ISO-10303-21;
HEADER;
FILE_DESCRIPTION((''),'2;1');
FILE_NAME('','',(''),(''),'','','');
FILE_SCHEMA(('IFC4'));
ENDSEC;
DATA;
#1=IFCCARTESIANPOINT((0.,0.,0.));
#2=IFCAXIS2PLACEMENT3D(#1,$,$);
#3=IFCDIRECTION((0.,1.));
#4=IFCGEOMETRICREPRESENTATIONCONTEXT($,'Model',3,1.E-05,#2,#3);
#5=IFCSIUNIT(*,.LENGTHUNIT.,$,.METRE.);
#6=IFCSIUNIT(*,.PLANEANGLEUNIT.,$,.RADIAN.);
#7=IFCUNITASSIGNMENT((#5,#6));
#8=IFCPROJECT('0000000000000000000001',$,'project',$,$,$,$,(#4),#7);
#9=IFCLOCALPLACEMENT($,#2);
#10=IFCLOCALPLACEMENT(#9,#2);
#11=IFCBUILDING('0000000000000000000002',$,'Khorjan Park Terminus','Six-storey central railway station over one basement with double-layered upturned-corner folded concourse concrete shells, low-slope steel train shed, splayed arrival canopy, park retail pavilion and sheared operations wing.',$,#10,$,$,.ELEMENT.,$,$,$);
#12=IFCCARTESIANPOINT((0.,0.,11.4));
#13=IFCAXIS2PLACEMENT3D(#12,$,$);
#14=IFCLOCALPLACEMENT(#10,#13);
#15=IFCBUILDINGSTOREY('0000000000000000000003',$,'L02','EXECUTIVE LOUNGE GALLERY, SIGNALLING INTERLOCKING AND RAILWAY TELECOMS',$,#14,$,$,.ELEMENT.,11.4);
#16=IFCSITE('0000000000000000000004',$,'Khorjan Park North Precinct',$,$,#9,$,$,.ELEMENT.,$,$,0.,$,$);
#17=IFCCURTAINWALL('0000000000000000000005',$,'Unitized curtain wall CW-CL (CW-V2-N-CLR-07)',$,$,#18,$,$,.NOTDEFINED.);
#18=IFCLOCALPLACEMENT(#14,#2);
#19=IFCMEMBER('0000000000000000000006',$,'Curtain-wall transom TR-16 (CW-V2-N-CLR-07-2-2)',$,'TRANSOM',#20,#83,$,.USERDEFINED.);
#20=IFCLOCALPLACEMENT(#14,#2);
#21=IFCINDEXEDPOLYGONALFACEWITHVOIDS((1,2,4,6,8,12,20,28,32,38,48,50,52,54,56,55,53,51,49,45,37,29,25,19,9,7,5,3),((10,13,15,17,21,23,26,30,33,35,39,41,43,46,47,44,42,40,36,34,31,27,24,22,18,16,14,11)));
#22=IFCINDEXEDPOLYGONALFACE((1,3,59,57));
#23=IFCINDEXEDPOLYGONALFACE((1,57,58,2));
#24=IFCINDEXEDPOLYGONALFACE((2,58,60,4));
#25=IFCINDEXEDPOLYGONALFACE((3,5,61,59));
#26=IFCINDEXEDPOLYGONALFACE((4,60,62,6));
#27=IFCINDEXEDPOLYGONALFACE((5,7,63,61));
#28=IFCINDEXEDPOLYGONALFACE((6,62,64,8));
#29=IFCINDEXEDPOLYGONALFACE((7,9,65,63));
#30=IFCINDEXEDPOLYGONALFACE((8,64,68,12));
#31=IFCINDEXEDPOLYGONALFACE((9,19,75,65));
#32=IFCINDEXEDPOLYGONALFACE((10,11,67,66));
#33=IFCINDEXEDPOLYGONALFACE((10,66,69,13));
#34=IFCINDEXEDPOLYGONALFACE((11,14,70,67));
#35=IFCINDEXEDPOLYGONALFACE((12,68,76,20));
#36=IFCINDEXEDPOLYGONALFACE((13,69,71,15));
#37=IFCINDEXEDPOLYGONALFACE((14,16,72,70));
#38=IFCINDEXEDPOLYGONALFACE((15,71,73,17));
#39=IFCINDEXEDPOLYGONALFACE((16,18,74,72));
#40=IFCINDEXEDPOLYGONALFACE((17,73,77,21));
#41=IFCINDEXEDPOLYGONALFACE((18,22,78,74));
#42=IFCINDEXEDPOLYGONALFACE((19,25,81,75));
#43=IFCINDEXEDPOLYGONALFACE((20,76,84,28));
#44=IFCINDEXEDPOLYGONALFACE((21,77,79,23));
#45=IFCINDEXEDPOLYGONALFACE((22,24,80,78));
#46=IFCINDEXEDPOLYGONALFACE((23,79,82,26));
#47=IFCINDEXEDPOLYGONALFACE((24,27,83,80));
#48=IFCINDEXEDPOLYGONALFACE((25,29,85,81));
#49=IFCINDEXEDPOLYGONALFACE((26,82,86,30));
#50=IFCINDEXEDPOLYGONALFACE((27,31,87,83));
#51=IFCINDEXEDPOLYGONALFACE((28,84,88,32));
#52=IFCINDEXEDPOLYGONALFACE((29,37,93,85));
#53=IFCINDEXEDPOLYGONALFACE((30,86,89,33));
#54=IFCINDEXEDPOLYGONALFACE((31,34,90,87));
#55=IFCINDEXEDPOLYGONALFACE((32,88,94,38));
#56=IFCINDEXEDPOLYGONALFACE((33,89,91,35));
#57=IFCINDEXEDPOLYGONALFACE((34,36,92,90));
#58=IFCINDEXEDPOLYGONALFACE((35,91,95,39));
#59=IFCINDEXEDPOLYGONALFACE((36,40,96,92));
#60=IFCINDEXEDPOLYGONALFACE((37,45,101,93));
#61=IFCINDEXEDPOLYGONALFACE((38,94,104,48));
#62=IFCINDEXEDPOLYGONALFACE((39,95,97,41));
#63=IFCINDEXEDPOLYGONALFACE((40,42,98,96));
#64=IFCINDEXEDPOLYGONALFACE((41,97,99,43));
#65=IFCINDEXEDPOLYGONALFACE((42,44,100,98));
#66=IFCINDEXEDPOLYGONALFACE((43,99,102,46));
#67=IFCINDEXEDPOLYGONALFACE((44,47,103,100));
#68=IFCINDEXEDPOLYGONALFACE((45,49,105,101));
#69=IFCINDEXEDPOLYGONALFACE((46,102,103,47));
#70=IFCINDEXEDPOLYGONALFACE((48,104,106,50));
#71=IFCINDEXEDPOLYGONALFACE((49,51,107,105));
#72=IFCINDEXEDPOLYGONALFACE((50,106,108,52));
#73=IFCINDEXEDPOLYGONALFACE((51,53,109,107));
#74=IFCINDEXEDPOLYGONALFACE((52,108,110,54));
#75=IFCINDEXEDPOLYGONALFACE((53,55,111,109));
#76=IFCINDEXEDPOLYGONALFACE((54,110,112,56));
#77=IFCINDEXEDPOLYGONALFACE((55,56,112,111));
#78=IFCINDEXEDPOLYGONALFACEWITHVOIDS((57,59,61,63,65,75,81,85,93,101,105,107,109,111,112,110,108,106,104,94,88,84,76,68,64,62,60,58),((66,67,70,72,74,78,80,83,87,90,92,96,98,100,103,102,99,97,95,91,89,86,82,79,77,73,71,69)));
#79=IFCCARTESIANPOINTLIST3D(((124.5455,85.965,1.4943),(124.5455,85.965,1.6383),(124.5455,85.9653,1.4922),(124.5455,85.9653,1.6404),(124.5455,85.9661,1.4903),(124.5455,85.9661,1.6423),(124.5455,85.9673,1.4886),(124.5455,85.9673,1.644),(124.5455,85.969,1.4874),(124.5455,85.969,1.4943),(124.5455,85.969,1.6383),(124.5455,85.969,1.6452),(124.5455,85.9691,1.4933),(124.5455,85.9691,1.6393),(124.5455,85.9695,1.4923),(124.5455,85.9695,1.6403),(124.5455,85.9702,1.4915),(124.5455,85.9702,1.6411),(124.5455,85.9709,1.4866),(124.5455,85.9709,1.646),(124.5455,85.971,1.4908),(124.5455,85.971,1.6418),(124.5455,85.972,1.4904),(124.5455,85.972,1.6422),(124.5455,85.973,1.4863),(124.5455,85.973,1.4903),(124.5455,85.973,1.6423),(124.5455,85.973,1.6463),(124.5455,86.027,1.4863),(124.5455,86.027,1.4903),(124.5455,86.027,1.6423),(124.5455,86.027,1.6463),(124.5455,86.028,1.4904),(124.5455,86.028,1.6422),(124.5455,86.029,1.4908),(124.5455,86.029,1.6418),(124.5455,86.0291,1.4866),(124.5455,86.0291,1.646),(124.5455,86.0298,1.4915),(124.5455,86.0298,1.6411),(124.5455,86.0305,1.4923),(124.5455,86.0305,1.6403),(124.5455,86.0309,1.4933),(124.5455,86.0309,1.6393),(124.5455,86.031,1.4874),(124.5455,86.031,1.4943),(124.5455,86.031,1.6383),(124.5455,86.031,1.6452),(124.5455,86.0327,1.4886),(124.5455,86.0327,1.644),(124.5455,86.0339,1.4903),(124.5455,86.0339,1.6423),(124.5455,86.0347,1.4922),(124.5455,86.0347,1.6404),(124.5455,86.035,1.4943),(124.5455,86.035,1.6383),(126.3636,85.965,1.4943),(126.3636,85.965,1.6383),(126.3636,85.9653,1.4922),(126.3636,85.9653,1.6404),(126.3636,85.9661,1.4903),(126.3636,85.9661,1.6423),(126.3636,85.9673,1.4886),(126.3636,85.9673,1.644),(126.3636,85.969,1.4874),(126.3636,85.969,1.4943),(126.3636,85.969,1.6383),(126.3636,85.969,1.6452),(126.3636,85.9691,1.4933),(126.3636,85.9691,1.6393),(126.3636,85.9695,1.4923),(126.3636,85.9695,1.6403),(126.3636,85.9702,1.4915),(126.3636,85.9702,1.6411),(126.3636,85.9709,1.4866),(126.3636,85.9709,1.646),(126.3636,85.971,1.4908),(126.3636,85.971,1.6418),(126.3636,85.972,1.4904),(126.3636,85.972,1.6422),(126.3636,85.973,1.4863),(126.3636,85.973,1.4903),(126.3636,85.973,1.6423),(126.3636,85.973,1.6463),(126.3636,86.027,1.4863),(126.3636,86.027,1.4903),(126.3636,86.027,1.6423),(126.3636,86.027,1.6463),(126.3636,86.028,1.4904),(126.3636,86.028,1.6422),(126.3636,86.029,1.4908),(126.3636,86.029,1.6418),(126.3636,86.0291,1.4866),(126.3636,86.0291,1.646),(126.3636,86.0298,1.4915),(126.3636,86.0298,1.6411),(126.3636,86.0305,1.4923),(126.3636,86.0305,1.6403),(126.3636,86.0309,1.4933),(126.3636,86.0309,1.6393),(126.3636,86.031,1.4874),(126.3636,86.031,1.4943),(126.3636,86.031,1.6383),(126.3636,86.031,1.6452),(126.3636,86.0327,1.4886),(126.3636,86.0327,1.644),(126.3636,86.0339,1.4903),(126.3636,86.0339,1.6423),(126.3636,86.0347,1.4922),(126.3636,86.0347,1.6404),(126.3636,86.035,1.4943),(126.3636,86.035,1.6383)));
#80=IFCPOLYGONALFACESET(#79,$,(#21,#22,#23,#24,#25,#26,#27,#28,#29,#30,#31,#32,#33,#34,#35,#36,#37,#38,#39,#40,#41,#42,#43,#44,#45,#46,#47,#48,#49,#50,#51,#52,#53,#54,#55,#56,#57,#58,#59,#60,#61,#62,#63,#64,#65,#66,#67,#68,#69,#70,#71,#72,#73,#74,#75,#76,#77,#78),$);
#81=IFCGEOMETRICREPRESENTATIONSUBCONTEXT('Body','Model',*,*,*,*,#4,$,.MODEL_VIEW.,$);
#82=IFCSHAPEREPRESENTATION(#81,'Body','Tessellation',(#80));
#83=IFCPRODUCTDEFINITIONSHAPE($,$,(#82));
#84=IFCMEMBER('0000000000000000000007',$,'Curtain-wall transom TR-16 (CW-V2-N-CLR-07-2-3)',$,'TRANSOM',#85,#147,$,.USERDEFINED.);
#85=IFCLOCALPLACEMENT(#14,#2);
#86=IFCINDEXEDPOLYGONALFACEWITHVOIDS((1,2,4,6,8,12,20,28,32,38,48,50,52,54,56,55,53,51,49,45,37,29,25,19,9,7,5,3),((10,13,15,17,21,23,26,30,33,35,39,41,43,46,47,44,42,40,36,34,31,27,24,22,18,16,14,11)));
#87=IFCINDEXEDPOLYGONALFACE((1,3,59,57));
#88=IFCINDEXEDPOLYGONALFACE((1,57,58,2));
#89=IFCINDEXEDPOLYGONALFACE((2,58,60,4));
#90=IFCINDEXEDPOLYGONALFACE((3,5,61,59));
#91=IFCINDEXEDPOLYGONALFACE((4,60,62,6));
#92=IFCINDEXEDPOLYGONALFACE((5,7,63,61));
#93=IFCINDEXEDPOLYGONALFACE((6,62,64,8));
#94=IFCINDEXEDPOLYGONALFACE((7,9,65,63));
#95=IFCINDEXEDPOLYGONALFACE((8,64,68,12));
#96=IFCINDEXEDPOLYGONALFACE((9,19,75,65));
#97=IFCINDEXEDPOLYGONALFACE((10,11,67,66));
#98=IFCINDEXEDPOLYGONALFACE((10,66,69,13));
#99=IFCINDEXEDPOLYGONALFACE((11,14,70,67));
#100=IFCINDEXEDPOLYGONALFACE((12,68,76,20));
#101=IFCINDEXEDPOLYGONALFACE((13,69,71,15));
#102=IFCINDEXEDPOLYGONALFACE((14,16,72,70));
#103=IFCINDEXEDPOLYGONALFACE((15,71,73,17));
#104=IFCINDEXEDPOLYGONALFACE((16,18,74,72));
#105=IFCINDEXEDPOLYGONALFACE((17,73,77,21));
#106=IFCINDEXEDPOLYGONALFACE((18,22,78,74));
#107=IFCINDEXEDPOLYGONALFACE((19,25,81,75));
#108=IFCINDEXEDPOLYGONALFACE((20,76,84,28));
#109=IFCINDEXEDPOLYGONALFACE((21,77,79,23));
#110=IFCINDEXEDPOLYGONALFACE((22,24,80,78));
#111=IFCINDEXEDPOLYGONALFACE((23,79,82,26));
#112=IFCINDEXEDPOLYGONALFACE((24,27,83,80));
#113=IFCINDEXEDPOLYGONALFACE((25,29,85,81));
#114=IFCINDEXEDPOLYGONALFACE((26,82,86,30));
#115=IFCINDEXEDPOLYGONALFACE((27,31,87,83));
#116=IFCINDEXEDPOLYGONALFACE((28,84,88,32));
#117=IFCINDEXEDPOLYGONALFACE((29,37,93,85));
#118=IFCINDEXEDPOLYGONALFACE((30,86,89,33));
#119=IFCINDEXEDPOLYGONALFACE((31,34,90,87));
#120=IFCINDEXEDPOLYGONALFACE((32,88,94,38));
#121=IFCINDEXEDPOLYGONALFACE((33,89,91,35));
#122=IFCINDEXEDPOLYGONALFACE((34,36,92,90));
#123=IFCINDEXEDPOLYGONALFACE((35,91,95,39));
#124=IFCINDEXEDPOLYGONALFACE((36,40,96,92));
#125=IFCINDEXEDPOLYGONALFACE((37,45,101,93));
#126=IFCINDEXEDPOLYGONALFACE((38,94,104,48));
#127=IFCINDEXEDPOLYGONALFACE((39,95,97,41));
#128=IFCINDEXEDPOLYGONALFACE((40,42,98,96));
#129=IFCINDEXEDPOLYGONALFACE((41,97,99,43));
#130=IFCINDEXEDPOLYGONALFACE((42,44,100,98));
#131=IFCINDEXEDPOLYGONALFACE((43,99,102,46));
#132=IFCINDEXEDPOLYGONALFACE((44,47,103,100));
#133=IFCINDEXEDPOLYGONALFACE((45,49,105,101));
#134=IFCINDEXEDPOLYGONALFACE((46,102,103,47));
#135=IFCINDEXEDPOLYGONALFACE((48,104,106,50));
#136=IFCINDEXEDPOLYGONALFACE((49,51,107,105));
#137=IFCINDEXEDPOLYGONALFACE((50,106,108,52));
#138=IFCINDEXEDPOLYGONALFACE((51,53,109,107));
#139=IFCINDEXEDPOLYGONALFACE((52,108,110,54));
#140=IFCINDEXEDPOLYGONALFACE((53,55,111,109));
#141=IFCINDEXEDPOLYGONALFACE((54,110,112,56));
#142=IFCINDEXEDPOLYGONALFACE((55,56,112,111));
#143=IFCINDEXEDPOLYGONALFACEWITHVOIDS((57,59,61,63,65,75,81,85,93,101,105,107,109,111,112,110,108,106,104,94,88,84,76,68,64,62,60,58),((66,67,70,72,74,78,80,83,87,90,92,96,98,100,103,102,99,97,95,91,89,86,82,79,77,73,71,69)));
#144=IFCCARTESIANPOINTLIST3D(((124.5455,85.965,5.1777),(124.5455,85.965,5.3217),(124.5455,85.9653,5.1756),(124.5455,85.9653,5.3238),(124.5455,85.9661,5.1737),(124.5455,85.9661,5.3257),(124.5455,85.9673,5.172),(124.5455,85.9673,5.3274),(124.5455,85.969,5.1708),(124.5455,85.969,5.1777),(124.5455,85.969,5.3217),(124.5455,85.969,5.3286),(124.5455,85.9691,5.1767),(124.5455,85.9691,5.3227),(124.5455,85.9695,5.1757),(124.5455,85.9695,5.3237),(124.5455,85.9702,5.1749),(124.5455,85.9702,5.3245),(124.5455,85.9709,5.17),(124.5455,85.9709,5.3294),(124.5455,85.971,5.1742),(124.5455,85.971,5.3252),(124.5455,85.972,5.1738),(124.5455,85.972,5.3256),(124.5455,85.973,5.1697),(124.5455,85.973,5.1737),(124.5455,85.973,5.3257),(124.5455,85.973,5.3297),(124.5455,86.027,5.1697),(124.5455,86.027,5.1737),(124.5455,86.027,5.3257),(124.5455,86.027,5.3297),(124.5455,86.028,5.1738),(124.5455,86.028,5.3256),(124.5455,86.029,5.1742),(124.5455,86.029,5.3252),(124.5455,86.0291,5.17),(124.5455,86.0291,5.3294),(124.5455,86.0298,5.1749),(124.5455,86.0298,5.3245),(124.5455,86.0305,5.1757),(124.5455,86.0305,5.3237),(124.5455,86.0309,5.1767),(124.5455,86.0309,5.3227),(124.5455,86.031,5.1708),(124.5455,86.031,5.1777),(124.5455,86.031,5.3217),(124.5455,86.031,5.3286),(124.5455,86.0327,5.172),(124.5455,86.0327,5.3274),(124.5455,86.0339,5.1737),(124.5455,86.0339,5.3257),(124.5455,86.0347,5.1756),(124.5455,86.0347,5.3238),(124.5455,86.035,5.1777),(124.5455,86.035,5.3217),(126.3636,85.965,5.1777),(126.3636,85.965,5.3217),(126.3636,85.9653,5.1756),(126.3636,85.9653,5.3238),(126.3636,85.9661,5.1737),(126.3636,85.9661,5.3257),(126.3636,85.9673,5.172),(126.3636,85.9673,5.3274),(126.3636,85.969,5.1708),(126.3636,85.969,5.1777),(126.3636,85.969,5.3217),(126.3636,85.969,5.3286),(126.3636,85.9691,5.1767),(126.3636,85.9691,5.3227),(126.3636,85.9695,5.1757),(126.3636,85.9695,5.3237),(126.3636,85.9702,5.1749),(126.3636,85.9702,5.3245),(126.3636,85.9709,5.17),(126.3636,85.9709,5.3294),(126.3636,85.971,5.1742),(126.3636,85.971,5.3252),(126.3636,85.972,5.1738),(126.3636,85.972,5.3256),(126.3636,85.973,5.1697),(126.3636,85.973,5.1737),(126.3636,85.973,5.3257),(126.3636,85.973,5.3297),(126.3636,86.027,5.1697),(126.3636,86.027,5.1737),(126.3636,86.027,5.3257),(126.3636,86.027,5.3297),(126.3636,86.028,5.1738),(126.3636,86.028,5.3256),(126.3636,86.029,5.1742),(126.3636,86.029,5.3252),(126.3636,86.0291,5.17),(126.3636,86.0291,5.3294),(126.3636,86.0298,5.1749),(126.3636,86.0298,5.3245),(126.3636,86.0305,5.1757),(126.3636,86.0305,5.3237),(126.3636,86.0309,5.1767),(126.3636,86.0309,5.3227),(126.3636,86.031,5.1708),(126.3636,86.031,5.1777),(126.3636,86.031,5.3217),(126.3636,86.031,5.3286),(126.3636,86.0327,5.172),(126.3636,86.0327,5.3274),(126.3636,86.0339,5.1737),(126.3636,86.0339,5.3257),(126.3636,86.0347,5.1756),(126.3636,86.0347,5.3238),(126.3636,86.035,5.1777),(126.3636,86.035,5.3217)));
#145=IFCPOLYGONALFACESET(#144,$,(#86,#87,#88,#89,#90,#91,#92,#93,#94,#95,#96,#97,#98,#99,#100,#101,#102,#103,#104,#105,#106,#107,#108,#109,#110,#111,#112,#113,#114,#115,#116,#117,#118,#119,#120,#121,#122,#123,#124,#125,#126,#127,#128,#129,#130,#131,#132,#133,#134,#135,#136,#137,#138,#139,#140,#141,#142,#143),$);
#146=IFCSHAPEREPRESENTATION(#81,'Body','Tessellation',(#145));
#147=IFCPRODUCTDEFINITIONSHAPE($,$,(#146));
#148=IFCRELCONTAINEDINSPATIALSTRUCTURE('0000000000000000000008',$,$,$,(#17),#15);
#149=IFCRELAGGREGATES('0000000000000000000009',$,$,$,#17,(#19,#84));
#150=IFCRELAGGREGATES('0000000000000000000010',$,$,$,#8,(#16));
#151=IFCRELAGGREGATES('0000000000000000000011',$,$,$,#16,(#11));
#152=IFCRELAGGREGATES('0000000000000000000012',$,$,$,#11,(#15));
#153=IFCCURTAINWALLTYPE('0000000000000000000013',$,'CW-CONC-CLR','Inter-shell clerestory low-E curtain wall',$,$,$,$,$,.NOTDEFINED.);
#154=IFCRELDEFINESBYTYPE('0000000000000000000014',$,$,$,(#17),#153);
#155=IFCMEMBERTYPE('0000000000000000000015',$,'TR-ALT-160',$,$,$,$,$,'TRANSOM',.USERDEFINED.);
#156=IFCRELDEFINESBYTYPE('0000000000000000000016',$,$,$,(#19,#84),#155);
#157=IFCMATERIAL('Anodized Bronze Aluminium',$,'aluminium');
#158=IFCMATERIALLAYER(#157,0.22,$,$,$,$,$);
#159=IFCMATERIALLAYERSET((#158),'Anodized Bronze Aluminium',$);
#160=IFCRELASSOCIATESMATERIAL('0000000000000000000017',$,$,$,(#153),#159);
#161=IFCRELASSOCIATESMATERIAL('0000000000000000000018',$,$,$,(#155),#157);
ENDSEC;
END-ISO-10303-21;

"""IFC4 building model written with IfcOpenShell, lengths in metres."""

from ifc_helpers import new_model, si_unit, direction, frame, origin, origin_2d, place, context, subcontext, project, spatial, hollow_rectangle, extrude, material, layer, layer_set, material_profile, profile_set, type_object, element, aggregate, save


model = new_model("IFC4")

# Units and contexts
model_context = context("Model", 3, precision=1e-05, world=origin(), true_north=direction((0.0, 1.0)))
body_context = subcontext(model_context, "Body", "Model", "MODEL_VIEW")
ifc_project = project(units=[si_unit("LENGTHUNIT", "METRE"), si_unit("PLANEANGLEUNIT", "RADIAN")], contexts=[model_context])

# Site, building, storey
site_placement = place(None, origin())
site = spatial("IfcSite", under=ifc_project, at=site_placement, Name="Khorjan Park North Precinct", CompositionType="ELEMENT", RefElevation=0.0)
building_placement = place(site_placement, origin())
building = spatial("IfcBuilding", under=site, at=building_placement, Name="Khorjan Park Terminus", Description="Six-storey central railway station over one basement with double-layered upturned-corner folded concourse concrete shells, low-slope steel train shed, splayed arrival canopy, park retail pavilion and sheared operations wing.", CompositionType="ELEMENT")
storey_placement = place(building_placement, frame((0.0, 0.0, 11.4)))
storey = spatial("IfcBuildingStorey", under=building, at=storey_placement, Name="L02", Description="EXECUTIVE LOUNGE GALLERY, SIGNALLING INTERLOCKING AND RAILWAY TELECOMS", CompositionType="ELEMENT", Elevation=11.4)

# Shared definitions
ifc_material_1 = material(Name="Anodized Bronze Aluminium", Category="aluminium")
ifc_layer_1 = layer(ifc_material_1, 0.22)
ifc_layer_set_1 = layer_set([ifc_layer_1], Name="Anodized Bronze Aluminium")
curtain_wall_type = type_object("IfcCurtainWallType", Name="CW-CONC-CLR", Description="Inter-shell clerestory low-E curtain wall", PredefinedType="NOTDEFINED", material=ifc_layer_set_1)

# Curtain wall, members
curtain_wall_1_placement = place(storey_placement, origin())
curtain_wall_1 = element("IfcCurtainWall", 1, at=curtain_wall_1_placement, inside=storey, type_object=curtain_wall_type, Name="Unitized curtain wall CW-CL (CW-V2-N-CLR-07)", PredefinedType="NOTDEFINED")
ifc_material_profile_1 = material_profile(ifc_material_1, hollow_rectangle(XDim=0.07, YDim=0.16, WallThickness=0.004, InnerFilletRadius=0.004, OuterFilletRadius=0.008, at=origin_2d()), Name="ALT 70x160x4")
ifc_profile_set_1 = profile_set([ifc_material_profile_1], Name="Anodized Bronze Aluminium")
member_type_1 = type_object("IfcMemberType", Name="TR-ALT-160", ElementType="TRANSOM", PredefinedType="USERDEFINED", material=ifc_profile_set_1)
member_1_placement = place(storey_placement, frame((126.3636, 86.0, 1.5663), z_axis=(-1.0, 0.0, 0.0), x_axis=(0.0, -1.0, 0.0)))
member_1 = element("IfcMember", 2, at=member_1_placement, type_object=member_type_1, Name="Curtain-wall transom TR-16 (CW-V2-N-CLR-07-2-2)", ObjectType="TRANSOM", PredefinedType="USERDEFINED", context=body_context, shape_type="SweptSolid", body=[
    extrude(hollow_rectangle(XDim=0.07, YDim=0.16, WallThickness=0.004, InnerFilletRadius=0.004, OuterFilletRadius=0.008, at=origin_2d()), origin(), (0.0, 0.0, 1.0), 1.8181),
])
member_2_placement = place(storey_placement, frame((126.3636, 86.0, 5.2497), z_axis=(-1.0, 0.0, 0.0), x_axis=(0.0, -1.0, 0.0)))
member_2 = element("IfcMember", 3, at=member_2_placement, type_object=member_type_1, Name="Curtain-wall transom TR-16 (CW-V2-N-CLR-07-2-3)", ObjectType="TRANSOM", PredefinedType="USERDEFINED", context=body_context, shape_type="SweptSolid", body=[
    extrude(hollow_rectangle(XDim=0.07, YDim=0.16, WallThickness=0.004, InnerFilletRadius=0.004, OuterFilletRadius=0.008, at=origin_2d()), origin(), (0.0, 0.0, 1.0), 1.8181),
])

aggregate(curtain_wall_1, [member_1, member_2])

save(model, "model.ifc")
